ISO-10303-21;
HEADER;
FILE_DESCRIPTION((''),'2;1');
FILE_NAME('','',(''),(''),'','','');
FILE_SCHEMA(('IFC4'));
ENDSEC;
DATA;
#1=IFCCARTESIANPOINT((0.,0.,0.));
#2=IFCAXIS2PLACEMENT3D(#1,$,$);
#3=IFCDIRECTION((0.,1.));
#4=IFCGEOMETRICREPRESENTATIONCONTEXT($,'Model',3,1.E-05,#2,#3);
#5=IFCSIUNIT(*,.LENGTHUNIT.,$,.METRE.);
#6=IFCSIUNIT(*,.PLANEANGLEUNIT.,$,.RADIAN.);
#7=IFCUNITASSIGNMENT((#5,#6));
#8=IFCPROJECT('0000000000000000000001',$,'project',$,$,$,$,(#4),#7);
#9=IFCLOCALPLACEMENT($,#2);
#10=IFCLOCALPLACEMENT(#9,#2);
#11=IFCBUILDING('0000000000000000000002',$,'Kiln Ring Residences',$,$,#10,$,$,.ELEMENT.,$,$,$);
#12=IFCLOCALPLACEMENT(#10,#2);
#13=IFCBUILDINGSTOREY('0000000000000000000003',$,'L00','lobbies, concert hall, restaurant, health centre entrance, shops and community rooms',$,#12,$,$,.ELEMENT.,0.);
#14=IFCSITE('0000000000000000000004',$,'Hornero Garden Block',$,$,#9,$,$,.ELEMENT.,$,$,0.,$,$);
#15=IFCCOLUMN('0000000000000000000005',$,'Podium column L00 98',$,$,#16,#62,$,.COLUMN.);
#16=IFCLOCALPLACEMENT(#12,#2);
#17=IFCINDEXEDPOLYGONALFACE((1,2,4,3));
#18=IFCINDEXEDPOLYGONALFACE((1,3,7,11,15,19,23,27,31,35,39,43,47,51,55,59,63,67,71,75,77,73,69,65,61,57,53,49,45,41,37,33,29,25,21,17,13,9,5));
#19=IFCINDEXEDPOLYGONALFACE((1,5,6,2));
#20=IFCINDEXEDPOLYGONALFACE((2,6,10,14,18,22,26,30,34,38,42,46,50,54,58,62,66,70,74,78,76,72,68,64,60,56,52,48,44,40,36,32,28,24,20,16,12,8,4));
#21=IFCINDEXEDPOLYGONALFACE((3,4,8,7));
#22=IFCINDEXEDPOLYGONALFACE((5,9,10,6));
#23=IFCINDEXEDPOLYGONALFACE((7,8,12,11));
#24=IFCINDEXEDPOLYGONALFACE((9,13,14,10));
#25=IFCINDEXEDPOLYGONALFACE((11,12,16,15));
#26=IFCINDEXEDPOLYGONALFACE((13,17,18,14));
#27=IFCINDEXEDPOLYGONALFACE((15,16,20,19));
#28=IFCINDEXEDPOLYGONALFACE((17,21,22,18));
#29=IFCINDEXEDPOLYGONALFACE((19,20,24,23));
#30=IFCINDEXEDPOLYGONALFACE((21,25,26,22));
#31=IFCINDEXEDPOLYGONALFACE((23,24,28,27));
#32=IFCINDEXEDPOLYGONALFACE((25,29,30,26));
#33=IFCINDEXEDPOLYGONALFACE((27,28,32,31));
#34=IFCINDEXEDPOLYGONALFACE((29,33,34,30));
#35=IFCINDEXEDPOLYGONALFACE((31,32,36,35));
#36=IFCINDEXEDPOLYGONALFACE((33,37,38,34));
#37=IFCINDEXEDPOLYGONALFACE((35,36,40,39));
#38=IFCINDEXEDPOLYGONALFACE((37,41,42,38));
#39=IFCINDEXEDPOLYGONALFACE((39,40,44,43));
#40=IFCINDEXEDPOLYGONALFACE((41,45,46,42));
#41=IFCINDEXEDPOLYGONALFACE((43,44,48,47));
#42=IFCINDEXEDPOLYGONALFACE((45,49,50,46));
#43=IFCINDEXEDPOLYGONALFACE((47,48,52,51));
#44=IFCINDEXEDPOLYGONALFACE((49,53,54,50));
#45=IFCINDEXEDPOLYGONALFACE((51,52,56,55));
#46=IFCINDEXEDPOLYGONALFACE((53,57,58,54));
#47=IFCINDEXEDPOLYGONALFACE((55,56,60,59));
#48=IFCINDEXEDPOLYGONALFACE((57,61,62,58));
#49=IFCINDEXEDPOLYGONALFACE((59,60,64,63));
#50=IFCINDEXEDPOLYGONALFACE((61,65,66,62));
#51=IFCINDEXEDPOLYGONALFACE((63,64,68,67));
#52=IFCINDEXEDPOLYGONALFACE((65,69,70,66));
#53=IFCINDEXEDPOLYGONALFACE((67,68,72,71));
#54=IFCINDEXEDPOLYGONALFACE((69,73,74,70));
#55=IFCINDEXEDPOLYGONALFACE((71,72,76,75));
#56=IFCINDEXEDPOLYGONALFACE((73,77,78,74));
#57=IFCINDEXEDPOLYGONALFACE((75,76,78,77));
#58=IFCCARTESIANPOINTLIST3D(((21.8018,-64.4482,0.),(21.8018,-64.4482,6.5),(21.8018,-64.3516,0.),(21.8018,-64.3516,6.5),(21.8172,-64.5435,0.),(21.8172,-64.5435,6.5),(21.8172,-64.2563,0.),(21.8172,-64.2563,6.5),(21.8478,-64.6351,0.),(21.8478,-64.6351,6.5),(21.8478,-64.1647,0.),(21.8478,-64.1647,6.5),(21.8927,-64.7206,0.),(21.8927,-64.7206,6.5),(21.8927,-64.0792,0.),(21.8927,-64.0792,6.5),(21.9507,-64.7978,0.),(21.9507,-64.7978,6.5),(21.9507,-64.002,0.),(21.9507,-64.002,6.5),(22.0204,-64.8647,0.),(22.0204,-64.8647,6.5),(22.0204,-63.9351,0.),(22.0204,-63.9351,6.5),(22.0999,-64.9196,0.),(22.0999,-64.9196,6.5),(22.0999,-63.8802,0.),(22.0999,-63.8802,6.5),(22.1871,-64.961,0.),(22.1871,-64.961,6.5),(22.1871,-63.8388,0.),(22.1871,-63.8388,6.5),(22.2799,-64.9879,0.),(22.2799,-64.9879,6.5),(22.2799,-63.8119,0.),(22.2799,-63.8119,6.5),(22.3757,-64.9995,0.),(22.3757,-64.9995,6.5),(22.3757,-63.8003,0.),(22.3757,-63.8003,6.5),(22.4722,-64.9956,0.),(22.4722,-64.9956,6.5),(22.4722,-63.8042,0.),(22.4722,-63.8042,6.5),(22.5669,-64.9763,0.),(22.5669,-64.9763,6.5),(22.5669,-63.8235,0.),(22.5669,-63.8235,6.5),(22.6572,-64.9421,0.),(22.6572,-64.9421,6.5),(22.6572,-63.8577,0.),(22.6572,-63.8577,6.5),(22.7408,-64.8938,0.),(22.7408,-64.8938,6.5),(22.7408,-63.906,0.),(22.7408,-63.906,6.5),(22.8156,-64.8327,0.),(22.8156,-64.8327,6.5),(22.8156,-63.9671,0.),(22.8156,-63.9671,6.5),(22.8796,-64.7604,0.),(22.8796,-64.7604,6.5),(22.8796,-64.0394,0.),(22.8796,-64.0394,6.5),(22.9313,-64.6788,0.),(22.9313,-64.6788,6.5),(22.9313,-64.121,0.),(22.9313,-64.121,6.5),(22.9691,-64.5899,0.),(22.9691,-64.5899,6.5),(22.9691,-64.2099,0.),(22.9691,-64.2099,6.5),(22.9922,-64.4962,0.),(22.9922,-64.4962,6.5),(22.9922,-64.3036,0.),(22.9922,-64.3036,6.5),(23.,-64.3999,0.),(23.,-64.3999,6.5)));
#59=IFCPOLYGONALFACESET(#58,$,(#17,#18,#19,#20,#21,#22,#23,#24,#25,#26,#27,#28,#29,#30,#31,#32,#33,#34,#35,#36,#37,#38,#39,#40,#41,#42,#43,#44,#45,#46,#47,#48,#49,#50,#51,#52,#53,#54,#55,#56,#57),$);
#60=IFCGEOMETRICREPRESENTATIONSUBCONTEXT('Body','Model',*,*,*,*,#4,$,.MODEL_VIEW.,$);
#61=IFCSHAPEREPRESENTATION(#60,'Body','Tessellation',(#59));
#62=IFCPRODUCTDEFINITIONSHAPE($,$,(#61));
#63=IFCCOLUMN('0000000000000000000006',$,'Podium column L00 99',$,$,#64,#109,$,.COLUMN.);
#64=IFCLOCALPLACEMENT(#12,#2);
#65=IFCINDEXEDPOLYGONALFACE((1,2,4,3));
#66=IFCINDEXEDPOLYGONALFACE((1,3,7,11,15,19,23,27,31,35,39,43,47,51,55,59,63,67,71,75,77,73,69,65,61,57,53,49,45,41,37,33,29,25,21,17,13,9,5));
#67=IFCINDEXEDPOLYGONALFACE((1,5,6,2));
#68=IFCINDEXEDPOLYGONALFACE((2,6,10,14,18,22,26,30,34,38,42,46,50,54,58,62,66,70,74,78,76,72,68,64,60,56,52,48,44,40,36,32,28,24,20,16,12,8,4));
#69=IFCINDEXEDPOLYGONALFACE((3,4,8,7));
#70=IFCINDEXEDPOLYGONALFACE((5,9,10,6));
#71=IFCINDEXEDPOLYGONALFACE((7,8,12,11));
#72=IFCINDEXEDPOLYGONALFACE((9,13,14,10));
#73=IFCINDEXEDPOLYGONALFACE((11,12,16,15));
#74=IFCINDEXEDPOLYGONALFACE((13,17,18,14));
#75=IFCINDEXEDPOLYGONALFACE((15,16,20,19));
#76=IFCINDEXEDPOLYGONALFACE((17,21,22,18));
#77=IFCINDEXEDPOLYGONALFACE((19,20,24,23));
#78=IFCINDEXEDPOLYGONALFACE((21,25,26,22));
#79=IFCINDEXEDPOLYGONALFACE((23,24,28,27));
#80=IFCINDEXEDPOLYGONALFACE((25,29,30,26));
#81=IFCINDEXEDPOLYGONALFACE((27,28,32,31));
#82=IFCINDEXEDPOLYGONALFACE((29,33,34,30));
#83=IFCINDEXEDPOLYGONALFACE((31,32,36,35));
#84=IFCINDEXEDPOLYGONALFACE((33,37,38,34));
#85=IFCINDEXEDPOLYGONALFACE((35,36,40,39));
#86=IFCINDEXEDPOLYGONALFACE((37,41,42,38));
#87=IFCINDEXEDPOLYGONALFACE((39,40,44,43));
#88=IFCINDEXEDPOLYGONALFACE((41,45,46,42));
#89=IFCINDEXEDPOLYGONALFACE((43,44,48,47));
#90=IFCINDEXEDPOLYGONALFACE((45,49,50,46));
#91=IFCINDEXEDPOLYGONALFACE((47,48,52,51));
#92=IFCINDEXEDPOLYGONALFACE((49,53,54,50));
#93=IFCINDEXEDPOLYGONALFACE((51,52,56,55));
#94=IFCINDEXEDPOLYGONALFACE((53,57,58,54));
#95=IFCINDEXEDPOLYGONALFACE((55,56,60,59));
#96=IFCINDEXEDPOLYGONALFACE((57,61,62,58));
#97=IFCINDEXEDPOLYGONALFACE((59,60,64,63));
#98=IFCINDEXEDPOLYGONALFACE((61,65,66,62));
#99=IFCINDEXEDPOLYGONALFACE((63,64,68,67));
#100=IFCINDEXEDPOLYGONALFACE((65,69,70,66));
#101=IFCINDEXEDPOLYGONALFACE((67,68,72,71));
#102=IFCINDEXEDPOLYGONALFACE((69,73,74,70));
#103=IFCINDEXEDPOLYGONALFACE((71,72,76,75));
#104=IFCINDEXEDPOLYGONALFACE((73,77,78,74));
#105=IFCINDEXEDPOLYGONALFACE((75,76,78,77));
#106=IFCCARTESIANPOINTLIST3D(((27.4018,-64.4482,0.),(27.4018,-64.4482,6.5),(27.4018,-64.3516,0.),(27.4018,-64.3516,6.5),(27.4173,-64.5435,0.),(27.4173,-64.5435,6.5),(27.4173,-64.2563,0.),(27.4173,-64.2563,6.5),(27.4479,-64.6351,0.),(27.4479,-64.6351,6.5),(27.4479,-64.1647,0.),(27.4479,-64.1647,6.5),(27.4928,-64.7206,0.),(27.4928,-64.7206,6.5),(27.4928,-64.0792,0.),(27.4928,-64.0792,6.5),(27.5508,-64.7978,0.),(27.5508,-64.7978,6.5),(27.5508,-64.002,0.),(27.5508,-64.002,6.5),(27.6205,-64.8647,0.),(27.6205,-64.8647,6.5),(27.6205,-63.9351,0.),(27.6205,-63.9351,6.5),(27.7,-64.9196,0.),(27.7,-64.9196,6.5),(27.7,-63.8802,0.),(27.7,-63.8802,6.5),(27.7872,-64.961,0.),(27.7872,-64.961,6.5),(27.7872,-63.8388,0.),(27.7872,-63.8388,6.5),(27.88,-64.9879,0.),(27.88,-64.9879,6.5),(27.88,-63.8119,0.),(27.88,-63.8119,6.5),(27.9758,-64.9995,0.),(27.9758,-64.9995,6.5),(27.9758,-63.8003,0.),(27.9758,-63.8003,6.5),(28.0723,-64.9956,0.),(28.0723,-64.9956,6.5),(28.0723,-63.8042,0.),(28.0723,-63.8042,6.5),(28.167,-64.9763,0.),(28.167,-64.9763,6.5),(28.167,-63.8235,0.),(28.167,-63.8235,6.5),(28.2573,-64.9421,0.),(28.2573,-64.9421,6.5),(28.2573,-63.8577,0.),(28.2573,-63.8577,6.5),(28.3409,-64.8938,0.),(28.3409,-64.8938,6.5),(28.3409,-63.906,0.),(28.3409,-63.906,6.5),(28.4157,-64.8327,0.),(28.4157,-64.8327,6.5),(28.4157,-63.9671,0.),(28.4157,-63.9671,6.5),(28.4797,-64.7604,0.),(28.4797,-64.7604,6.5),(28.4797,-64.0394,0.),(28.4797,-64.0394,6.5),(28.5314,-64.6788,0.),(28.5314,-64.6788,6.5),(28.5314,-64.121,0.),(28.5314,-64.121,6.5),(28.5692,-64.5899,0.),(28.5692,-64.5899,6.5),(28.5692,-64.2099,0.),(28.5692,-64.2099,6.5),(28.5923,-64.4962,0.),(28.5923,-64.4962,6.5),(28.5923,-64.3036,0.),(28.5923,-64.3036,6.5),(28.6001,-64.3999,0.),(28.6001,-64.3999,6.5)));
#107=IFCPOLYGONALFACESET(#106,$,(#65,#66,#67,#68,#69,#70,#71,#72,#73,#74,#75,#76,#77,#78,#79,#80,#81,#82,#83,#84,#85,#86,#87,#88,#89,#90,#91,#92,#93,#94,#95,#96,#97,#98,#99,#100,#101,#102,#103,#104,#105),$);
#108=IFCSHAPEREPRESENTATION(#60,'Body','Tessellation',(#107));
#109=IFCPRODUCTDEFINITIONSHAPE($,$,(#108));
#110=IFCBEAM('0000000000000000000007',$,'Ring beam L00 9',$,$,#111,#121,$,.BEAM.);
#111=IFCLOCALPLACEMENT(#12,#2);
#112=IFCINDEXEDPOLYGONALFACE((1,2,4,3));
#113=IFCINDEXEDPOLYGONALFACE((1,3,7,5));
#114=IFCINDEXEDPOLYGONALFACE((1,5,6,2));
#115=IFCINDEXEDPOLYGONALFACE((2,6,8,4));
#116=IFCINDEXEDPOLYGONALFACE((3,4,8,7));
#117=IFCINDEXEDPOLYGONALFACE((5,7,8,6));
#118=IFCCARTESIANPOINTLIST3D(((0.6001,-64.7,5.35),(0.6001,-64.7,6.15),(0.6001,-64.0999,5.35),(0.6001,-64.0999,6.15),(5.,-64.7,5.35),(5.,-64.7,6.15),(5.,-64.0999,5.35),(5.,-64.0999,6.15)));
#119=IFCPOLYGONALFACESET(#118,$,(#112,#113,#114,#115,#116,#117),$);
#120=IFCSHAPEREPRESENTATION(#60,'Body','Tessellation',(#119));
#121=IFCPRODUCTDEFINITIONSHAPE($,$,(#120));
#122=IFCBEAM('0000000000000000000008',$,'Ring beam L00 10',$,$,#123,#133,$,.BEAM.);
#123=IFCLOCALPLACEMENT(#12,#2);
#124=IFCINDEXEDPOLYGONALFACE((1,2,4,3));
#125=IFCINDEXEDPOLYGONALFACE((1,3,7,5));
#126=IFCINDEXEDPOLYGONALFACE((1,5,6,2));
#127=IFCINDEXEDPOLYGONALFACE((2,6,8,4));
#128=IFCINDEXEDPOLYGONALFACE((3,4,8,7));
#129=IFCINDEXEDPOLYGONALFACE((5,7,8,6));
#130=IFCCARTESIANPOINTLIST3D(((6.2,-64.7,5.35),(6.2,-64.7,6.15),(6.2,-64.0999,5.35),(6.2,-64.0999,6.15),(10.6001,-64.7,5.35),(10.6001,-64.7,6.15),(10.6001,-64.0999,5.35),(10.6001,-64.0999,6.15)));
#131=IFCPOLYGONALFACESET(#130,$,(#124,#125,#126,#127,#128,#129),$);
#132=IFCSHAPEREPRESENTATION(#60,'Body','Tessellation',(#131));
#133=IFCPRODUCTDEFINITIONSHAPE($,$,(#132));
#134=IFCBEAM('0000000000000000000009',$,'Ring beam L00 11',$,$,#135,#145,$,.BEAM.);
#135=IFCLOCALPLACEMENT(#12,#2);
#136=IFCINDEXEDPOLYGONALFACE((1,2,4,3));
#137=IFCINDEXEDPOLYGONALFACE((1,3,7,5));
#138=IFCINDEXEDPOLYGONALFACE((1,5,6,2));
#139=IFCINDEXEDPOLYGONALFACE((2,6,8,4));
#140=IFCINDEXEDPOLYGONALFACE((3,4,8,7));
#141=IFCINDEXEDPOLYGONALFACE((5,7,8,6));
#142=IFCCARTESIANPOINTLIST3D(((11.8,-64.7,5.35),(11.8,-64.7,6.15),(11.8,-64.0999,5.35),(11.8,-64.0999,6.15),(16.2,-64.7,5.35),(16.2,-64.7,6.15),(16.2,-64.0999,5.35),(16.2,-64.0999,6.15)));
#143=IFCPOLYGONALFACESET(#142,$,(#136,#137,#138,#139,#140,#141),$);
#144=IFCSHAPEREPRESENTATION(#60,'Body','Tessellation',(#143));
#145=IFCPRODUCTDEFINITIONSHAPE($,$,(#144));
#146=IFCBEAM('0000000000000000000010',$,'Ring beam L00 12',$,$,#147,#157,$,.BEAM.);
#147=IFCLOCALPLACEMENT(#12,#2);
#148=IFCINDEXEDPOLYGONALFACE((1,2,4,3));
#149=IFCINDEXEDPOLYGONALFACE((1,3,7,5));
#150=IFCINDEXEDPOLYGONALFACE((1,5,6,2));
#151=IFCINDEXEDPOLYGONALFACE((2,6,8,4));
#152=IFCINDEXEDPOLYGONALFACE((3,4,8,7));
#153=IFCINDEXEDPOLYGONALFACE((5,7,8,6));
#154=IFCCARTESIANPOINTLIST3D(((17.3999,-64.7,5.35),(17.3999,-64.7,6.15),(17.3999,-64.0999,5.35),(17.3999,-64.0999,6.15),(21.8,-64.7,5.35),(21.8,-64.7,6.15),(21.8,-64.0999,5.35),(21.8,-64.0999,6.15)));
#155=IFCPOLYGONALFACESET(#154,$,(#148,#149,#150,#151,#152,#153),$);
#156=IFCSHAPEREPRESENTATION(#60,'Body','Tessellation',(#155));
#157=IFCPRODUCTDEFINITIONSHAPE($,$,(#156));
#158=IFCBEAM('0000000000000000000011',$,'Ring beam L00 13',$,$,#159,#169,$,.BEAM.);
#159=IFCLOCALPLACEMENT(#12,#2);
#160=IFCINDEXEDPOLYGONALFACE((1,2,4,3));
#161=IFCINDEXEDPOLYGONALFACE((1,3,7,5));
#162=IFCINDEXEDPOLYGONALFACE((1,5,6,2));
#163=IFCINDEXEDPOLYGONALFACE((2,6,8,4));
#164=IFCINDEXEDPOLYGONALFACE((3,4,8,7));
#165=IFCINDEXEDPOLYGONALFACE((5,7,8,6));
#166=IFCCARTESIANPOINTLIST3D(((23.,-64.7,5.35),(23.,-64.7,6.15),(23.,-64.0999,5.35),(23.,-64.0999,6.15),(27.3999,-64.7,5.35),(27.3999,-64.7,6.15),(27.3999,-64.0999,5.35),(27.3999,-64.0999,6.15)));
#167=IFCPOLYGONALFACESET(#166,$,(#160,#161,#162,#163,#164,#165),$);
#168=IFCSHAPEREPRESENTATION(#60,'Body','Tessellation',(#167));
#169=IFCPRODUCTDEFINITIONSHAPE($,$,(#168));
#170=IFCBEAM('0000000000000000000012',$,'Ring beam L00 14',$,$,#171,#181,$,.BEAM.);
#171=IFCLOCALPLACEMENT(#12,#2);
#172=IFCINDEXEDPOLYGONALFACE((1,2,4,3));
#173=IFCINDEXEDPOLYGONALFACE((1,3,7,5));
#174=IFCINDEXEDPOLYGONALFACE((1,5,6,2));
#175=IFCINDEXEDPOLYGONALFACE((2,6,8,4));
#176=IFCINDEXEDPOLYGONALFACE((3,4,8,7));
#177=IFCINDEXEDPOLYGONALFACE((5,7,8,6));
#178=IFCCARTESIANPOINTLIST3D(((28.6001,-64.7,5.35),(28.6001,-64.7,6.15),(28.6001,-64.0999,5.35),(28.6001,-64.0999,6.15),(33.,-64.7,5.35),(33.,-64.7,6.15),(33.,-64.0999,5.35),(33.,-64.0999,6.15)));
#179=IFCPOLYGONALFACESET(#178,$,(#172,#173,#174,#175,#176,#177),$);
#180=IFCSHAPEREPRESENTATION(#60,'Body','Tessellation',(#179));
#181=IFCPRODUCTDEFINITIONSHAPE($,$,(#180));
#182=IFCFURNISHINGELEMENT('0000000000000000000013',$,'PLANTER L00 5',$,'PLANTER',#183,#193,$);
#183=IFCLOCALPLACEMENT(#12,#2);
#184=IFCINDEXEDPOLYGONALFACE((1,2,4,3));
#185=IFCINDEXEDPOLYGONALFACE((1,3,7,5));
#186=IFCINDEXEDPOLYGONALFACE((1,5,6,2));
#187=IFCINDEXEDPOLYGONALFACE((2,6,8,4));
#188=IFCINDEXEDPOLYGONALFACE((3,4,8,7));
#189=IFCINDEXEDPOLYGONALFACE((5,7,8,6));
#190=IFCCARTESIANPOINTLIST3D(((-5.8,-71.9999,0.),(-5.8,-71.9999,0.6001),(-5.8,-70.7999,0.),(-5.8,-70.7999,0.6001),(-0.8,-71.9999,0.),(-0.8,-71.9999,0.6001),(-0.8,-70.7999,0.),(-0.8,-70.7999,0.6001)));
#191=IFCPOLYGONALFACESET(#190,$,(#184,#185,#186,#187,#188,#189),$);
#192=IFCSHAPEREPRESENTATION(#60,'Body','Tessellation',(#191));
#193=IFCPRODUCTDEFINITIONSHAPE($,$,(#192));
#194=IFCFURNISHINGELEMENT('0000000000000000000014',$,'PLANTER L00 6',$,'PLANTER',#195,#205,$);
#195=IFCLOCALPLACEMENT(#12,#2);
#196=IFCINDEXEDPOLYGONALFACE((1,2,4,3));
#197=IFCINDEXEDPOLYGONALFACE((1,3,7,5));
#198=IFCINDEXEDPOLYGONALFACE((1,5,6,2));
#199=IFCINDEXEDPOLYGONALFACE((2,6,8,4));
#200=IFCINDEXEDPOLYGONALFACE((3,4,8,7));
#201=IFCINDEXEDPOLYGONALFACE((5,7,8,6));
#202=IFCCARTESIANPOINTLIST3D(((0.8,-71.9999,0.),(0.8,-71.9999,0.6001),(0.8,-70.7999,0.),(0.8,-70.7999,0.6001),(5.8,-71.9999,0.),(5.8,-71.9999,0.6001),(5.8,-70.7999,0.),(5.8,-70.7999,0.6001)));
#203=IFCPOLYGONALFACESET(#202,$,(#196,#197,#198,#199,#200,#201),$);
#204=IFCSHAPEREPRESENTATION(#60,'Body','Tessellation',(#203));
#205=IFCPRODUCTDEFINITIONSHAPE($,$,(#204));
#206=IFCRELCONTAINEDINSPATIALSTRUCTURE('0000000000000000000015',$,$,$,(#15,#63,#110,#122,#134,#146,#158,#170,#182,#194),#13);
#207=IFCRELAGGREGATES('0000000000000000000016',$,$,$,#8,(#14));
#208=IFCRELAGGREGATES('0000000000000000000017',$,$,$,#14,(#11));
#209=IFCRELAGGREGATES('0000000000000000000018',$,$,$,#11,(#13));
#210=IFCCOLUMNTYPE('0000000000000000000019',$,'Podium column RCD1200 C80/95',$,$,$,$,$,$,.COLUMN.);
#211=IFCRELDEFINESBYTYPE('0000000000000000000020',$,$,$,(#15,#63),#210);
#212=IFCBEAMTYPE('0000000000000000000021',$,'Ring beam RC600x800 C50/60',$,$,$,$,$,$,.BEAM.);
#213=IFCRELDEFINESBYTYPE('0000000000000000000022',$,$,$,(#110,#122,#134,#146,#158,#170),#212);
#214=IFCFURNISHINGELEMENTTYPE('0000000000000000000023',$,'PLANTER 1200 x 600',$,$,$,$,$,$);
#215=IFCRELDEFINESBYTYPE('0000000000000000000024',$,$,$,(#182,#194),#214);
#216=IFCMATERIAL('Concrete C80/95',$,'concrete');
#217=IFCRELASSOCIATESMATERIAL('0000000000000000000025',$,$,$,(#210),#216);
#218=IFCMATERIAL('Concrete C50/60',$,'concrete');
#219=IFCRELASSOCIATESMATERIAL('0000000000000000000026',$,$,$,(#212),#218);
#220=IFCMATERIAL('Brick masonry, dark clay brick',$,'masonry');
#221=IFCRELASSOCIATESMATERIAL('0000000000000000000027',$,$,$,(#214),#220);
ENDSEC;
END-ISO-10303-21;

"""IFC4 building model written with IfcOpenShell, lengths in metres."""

from ifc_helpers import new_model, si_unit, direction, frame, origin, origin_2d, place, context, subcontext, project, spatial, rectangle, circle, extrude, material, material_profile, profile_set, type_object, element, save


model = new_model("IFC4")

# Units and contexts
model_context = context("Model", 3, precision=1e-05, world=origin(), true_north=direction((0.0, 1.0)))
body_context = subcontext(model_context, "Body", "Model", "MODEL_VIEW")
ifc_project = project(units=[si_unit("LENGTHUNIT", "METRE"), si_unit("PLANEANGLEUNIT", "RADIAN")], contexts=[model_context])

# Site, building, storey
site_placement = place(None, origin())
site = spatial("IfcSite", under=ifc_project, at=site_placement, Name="Hornero Garden Block", CompositionType="ELEMENT", RefElevation=0.0)
building_placement = place(site_placement, origin())
building = spatial("IfcBuilding", under=site, at=building_placement, Name="Kiln Ring Residences", CompositionType="ELEMENT")
storey_placement = place(building_placement, origin())
storey = spatial("IfcBuildingStorey", under=building, at=storey_placement, Name="L00", Description="lobbies, concert hall, restaurant, health centre entrance, shops and community rooms", CompositionType="ELEMENT", Elevation=0.0)

# Columns
ifc_material_1 = material(Name="Concrete C80/95", Category="concrete")
ifc_material_profile_1 = material_profile(ifc_material_1, circle(Radius=0.6001, at=origin_2d()), Name="RCD1200")
ifc_profile_set_1 = profile_set([ifc_material_profile_1], Name="Concrete C80/95")
column_type = type_object("IfcColumnType", Name="Podium column RCD1200 C80/95", PredefinedType="COLUMN", material=ifc_profile_set_1)
for number, where, z_axis, x_axis, name in (
    (1, (22.3999, -64.3999, 0.0), (0.0, 0.0, 1.0), (1.0, 0.0, 0.0), "Podium column L00 98"),
    (2, (28.0, -64.3999, 0.0), (0.0, 0.0, 1.0), (1.0, 0.0, 0.0), "Podium column L00 99"),
):
    element("IfcColumn", number, at=place(storey_placement, frame(where, z_axis=z_axis, x_axis=x_axis)), inside=storey, type_object=column_type, Name=name, PredefinedType="COLUMN", context=body_context, shape_type="SweptSolid", body=[
        extrude(circle(Radius=0.6001, at=origin_2d()), origin(), (0.0, 0.0, 1.0), 6.5),
    ])

# Beams
ifc_material_2 = material(Name="Concrete C50/60", Category="concrete")
ifc_material_profile_2 = material_profile(ifc_material_2, rectangle(XDim=0.6001, YDim=0.8, at=origin_2d()), Name="RC600x800")
ifc_profile_set_2 = profile_set([ifc_material_profile_2], Name="Concrete C50/60")
beam_type = type_object("IfcBeamType", Name="Ring beam RC600x800 C50/60", PredefinedType="BEAM", material=ifc_profile_set_2)
beam_1_placement = place(storey_placement, frame((0.6001, -64.3999, 5.75), z_axis=(1.0, 0.0, 0.0), x_axis=(0.0, 1.0, 0.0)))
element("IfcBeam", 3, at=beam_1_placement, inside=storey, type_object=beam_type, Name="Ring beam L00 9", PredefinedType="BEAM", context=body_context, shape_type="SweptSolid", body=[
    extrude(rectangle(XDim=0.6001, YDim=0.8, at=origin_2d()), origin(), (0.0, 0.0, 1.0), 4.3999),
])
beam_2_placement = place(storey_placement, frame((6.2, -64.3999, 5.75), z_axis=(1.0, 0.0, 0.0), x_axis=(0.0, 1.0, 0.0)))
element("IfcBeam", 4, at=beam_2_placement, inside=storey, type_object=beam_type, Name="Ring beam L00 10", PredefinedType="BEAM", context=body_context, shape_type="SweptSolid", body=[
    extrude(rectangle(XDim=0.6001, YDim=0.8, at=origin_2d()), origin(), (0.0, 0.0, 1.0), 4.4001),
])
beam_3_placement = place(storey_placement, frame((11.8, -64.3999, 5.75), z_axis=(1.0, 0.0, 0.0), x_axis=(0.0, 1.0, 0.0)))
element("IfcBeam", 5, at=beam_3_placement, inside=storey, type_object=beam_type, Name="Ring beam L00 11", PredefinedType="BEAM", context=body_context, shape_type="SweptSolid", body=[
    extrude(rectangle(XDim=0.6001, YDim=0.8, at=origin_2d()), origin(), (0.0, 0.0, 1.0), 4.3999),
])
beam_4_placement = place(storey_placement, frame((17.3999, -64.3999, 5.75), z_axis=(1.0, 0.0, 0.0), x_axis=(0.0, 1.0, 0.0)))
element("IfcBeam", 6, at=beam_4_placement, inside=storey, type_object=beam_type, Name="Ring beam L00 12", PredefinedType="BEAM", context=body_context, shape_type="SweptSolid", body=[
    extrude(rectangle(XDim=0.6001, YDim=0.8, at=origin_2d()), origin(), (0.0, 0.0, 1.0), 4.4001),
])
for number, where, z_axis, x_axis, name in (
    (7, (23.0, -64.3999, 5.75), (1.0, 0.0, 0.0), (0.0, 1.0, 0.0), "Ring beam L00 13"),
    (8, (28.6001, -64.3999, 5.75), (1.0, 0.0, 0.0), (0.0, 1.0, 0.0), "Ring beam L00 14"),
):
    element("IfcBeam", number, at=place(storey_placement, frame(where, z_axis=z_axis, x_axis=x_axis)), inside=storey, type_object=beam_type, Name=name, PredefinedType="BEAM", context=body_context, shape_type="SweptSolid", body=[
        extrude(rectangle(XDim=0.6001, YDim=0.8, at=origin_2d()), origin(), (0.0, 0.0, 1.0), 4.3999),
    ])

# Furnishing elements
ifc_material_3 = material(Name="Brick masonry, dark clay brick", Category="masonry")
furnishing_element_type = type_object("IfcFurnishingElementType", Name="PLANTER 1200 x 600", material=ifc_material_3)
for number, where, z_axis, x_axis, name in (
    (9, (-3.3, -71.3999, 0.0), (0.0, 0.0, 1.0), (1.0, 0.0, 0.0), "PLANTER L00 5"),
    (10, (3.3, -71.3999, 0.0), (0.0, 0.0, 1.0), (1.0, 0.0, 0.0), "PLANTER L00 6"),
):
    element("IfcFurnishingElement", number, at=place(storey_placement, frame(where, z_axis=z_axis, x_axis=x_axis)), inside=storey, type_object=furnishing_element_type, Name=name, ObjectType="PLANTER", context=body_context, shape_type="SweptSolid", body=[
        extrude(rectangle(XDim=5.0, YDim=1.2, at=origin_2d()), origin(), (0.0, 0.0, 1.0), 0.6001),
    ])

save(model, "model.ifc")
